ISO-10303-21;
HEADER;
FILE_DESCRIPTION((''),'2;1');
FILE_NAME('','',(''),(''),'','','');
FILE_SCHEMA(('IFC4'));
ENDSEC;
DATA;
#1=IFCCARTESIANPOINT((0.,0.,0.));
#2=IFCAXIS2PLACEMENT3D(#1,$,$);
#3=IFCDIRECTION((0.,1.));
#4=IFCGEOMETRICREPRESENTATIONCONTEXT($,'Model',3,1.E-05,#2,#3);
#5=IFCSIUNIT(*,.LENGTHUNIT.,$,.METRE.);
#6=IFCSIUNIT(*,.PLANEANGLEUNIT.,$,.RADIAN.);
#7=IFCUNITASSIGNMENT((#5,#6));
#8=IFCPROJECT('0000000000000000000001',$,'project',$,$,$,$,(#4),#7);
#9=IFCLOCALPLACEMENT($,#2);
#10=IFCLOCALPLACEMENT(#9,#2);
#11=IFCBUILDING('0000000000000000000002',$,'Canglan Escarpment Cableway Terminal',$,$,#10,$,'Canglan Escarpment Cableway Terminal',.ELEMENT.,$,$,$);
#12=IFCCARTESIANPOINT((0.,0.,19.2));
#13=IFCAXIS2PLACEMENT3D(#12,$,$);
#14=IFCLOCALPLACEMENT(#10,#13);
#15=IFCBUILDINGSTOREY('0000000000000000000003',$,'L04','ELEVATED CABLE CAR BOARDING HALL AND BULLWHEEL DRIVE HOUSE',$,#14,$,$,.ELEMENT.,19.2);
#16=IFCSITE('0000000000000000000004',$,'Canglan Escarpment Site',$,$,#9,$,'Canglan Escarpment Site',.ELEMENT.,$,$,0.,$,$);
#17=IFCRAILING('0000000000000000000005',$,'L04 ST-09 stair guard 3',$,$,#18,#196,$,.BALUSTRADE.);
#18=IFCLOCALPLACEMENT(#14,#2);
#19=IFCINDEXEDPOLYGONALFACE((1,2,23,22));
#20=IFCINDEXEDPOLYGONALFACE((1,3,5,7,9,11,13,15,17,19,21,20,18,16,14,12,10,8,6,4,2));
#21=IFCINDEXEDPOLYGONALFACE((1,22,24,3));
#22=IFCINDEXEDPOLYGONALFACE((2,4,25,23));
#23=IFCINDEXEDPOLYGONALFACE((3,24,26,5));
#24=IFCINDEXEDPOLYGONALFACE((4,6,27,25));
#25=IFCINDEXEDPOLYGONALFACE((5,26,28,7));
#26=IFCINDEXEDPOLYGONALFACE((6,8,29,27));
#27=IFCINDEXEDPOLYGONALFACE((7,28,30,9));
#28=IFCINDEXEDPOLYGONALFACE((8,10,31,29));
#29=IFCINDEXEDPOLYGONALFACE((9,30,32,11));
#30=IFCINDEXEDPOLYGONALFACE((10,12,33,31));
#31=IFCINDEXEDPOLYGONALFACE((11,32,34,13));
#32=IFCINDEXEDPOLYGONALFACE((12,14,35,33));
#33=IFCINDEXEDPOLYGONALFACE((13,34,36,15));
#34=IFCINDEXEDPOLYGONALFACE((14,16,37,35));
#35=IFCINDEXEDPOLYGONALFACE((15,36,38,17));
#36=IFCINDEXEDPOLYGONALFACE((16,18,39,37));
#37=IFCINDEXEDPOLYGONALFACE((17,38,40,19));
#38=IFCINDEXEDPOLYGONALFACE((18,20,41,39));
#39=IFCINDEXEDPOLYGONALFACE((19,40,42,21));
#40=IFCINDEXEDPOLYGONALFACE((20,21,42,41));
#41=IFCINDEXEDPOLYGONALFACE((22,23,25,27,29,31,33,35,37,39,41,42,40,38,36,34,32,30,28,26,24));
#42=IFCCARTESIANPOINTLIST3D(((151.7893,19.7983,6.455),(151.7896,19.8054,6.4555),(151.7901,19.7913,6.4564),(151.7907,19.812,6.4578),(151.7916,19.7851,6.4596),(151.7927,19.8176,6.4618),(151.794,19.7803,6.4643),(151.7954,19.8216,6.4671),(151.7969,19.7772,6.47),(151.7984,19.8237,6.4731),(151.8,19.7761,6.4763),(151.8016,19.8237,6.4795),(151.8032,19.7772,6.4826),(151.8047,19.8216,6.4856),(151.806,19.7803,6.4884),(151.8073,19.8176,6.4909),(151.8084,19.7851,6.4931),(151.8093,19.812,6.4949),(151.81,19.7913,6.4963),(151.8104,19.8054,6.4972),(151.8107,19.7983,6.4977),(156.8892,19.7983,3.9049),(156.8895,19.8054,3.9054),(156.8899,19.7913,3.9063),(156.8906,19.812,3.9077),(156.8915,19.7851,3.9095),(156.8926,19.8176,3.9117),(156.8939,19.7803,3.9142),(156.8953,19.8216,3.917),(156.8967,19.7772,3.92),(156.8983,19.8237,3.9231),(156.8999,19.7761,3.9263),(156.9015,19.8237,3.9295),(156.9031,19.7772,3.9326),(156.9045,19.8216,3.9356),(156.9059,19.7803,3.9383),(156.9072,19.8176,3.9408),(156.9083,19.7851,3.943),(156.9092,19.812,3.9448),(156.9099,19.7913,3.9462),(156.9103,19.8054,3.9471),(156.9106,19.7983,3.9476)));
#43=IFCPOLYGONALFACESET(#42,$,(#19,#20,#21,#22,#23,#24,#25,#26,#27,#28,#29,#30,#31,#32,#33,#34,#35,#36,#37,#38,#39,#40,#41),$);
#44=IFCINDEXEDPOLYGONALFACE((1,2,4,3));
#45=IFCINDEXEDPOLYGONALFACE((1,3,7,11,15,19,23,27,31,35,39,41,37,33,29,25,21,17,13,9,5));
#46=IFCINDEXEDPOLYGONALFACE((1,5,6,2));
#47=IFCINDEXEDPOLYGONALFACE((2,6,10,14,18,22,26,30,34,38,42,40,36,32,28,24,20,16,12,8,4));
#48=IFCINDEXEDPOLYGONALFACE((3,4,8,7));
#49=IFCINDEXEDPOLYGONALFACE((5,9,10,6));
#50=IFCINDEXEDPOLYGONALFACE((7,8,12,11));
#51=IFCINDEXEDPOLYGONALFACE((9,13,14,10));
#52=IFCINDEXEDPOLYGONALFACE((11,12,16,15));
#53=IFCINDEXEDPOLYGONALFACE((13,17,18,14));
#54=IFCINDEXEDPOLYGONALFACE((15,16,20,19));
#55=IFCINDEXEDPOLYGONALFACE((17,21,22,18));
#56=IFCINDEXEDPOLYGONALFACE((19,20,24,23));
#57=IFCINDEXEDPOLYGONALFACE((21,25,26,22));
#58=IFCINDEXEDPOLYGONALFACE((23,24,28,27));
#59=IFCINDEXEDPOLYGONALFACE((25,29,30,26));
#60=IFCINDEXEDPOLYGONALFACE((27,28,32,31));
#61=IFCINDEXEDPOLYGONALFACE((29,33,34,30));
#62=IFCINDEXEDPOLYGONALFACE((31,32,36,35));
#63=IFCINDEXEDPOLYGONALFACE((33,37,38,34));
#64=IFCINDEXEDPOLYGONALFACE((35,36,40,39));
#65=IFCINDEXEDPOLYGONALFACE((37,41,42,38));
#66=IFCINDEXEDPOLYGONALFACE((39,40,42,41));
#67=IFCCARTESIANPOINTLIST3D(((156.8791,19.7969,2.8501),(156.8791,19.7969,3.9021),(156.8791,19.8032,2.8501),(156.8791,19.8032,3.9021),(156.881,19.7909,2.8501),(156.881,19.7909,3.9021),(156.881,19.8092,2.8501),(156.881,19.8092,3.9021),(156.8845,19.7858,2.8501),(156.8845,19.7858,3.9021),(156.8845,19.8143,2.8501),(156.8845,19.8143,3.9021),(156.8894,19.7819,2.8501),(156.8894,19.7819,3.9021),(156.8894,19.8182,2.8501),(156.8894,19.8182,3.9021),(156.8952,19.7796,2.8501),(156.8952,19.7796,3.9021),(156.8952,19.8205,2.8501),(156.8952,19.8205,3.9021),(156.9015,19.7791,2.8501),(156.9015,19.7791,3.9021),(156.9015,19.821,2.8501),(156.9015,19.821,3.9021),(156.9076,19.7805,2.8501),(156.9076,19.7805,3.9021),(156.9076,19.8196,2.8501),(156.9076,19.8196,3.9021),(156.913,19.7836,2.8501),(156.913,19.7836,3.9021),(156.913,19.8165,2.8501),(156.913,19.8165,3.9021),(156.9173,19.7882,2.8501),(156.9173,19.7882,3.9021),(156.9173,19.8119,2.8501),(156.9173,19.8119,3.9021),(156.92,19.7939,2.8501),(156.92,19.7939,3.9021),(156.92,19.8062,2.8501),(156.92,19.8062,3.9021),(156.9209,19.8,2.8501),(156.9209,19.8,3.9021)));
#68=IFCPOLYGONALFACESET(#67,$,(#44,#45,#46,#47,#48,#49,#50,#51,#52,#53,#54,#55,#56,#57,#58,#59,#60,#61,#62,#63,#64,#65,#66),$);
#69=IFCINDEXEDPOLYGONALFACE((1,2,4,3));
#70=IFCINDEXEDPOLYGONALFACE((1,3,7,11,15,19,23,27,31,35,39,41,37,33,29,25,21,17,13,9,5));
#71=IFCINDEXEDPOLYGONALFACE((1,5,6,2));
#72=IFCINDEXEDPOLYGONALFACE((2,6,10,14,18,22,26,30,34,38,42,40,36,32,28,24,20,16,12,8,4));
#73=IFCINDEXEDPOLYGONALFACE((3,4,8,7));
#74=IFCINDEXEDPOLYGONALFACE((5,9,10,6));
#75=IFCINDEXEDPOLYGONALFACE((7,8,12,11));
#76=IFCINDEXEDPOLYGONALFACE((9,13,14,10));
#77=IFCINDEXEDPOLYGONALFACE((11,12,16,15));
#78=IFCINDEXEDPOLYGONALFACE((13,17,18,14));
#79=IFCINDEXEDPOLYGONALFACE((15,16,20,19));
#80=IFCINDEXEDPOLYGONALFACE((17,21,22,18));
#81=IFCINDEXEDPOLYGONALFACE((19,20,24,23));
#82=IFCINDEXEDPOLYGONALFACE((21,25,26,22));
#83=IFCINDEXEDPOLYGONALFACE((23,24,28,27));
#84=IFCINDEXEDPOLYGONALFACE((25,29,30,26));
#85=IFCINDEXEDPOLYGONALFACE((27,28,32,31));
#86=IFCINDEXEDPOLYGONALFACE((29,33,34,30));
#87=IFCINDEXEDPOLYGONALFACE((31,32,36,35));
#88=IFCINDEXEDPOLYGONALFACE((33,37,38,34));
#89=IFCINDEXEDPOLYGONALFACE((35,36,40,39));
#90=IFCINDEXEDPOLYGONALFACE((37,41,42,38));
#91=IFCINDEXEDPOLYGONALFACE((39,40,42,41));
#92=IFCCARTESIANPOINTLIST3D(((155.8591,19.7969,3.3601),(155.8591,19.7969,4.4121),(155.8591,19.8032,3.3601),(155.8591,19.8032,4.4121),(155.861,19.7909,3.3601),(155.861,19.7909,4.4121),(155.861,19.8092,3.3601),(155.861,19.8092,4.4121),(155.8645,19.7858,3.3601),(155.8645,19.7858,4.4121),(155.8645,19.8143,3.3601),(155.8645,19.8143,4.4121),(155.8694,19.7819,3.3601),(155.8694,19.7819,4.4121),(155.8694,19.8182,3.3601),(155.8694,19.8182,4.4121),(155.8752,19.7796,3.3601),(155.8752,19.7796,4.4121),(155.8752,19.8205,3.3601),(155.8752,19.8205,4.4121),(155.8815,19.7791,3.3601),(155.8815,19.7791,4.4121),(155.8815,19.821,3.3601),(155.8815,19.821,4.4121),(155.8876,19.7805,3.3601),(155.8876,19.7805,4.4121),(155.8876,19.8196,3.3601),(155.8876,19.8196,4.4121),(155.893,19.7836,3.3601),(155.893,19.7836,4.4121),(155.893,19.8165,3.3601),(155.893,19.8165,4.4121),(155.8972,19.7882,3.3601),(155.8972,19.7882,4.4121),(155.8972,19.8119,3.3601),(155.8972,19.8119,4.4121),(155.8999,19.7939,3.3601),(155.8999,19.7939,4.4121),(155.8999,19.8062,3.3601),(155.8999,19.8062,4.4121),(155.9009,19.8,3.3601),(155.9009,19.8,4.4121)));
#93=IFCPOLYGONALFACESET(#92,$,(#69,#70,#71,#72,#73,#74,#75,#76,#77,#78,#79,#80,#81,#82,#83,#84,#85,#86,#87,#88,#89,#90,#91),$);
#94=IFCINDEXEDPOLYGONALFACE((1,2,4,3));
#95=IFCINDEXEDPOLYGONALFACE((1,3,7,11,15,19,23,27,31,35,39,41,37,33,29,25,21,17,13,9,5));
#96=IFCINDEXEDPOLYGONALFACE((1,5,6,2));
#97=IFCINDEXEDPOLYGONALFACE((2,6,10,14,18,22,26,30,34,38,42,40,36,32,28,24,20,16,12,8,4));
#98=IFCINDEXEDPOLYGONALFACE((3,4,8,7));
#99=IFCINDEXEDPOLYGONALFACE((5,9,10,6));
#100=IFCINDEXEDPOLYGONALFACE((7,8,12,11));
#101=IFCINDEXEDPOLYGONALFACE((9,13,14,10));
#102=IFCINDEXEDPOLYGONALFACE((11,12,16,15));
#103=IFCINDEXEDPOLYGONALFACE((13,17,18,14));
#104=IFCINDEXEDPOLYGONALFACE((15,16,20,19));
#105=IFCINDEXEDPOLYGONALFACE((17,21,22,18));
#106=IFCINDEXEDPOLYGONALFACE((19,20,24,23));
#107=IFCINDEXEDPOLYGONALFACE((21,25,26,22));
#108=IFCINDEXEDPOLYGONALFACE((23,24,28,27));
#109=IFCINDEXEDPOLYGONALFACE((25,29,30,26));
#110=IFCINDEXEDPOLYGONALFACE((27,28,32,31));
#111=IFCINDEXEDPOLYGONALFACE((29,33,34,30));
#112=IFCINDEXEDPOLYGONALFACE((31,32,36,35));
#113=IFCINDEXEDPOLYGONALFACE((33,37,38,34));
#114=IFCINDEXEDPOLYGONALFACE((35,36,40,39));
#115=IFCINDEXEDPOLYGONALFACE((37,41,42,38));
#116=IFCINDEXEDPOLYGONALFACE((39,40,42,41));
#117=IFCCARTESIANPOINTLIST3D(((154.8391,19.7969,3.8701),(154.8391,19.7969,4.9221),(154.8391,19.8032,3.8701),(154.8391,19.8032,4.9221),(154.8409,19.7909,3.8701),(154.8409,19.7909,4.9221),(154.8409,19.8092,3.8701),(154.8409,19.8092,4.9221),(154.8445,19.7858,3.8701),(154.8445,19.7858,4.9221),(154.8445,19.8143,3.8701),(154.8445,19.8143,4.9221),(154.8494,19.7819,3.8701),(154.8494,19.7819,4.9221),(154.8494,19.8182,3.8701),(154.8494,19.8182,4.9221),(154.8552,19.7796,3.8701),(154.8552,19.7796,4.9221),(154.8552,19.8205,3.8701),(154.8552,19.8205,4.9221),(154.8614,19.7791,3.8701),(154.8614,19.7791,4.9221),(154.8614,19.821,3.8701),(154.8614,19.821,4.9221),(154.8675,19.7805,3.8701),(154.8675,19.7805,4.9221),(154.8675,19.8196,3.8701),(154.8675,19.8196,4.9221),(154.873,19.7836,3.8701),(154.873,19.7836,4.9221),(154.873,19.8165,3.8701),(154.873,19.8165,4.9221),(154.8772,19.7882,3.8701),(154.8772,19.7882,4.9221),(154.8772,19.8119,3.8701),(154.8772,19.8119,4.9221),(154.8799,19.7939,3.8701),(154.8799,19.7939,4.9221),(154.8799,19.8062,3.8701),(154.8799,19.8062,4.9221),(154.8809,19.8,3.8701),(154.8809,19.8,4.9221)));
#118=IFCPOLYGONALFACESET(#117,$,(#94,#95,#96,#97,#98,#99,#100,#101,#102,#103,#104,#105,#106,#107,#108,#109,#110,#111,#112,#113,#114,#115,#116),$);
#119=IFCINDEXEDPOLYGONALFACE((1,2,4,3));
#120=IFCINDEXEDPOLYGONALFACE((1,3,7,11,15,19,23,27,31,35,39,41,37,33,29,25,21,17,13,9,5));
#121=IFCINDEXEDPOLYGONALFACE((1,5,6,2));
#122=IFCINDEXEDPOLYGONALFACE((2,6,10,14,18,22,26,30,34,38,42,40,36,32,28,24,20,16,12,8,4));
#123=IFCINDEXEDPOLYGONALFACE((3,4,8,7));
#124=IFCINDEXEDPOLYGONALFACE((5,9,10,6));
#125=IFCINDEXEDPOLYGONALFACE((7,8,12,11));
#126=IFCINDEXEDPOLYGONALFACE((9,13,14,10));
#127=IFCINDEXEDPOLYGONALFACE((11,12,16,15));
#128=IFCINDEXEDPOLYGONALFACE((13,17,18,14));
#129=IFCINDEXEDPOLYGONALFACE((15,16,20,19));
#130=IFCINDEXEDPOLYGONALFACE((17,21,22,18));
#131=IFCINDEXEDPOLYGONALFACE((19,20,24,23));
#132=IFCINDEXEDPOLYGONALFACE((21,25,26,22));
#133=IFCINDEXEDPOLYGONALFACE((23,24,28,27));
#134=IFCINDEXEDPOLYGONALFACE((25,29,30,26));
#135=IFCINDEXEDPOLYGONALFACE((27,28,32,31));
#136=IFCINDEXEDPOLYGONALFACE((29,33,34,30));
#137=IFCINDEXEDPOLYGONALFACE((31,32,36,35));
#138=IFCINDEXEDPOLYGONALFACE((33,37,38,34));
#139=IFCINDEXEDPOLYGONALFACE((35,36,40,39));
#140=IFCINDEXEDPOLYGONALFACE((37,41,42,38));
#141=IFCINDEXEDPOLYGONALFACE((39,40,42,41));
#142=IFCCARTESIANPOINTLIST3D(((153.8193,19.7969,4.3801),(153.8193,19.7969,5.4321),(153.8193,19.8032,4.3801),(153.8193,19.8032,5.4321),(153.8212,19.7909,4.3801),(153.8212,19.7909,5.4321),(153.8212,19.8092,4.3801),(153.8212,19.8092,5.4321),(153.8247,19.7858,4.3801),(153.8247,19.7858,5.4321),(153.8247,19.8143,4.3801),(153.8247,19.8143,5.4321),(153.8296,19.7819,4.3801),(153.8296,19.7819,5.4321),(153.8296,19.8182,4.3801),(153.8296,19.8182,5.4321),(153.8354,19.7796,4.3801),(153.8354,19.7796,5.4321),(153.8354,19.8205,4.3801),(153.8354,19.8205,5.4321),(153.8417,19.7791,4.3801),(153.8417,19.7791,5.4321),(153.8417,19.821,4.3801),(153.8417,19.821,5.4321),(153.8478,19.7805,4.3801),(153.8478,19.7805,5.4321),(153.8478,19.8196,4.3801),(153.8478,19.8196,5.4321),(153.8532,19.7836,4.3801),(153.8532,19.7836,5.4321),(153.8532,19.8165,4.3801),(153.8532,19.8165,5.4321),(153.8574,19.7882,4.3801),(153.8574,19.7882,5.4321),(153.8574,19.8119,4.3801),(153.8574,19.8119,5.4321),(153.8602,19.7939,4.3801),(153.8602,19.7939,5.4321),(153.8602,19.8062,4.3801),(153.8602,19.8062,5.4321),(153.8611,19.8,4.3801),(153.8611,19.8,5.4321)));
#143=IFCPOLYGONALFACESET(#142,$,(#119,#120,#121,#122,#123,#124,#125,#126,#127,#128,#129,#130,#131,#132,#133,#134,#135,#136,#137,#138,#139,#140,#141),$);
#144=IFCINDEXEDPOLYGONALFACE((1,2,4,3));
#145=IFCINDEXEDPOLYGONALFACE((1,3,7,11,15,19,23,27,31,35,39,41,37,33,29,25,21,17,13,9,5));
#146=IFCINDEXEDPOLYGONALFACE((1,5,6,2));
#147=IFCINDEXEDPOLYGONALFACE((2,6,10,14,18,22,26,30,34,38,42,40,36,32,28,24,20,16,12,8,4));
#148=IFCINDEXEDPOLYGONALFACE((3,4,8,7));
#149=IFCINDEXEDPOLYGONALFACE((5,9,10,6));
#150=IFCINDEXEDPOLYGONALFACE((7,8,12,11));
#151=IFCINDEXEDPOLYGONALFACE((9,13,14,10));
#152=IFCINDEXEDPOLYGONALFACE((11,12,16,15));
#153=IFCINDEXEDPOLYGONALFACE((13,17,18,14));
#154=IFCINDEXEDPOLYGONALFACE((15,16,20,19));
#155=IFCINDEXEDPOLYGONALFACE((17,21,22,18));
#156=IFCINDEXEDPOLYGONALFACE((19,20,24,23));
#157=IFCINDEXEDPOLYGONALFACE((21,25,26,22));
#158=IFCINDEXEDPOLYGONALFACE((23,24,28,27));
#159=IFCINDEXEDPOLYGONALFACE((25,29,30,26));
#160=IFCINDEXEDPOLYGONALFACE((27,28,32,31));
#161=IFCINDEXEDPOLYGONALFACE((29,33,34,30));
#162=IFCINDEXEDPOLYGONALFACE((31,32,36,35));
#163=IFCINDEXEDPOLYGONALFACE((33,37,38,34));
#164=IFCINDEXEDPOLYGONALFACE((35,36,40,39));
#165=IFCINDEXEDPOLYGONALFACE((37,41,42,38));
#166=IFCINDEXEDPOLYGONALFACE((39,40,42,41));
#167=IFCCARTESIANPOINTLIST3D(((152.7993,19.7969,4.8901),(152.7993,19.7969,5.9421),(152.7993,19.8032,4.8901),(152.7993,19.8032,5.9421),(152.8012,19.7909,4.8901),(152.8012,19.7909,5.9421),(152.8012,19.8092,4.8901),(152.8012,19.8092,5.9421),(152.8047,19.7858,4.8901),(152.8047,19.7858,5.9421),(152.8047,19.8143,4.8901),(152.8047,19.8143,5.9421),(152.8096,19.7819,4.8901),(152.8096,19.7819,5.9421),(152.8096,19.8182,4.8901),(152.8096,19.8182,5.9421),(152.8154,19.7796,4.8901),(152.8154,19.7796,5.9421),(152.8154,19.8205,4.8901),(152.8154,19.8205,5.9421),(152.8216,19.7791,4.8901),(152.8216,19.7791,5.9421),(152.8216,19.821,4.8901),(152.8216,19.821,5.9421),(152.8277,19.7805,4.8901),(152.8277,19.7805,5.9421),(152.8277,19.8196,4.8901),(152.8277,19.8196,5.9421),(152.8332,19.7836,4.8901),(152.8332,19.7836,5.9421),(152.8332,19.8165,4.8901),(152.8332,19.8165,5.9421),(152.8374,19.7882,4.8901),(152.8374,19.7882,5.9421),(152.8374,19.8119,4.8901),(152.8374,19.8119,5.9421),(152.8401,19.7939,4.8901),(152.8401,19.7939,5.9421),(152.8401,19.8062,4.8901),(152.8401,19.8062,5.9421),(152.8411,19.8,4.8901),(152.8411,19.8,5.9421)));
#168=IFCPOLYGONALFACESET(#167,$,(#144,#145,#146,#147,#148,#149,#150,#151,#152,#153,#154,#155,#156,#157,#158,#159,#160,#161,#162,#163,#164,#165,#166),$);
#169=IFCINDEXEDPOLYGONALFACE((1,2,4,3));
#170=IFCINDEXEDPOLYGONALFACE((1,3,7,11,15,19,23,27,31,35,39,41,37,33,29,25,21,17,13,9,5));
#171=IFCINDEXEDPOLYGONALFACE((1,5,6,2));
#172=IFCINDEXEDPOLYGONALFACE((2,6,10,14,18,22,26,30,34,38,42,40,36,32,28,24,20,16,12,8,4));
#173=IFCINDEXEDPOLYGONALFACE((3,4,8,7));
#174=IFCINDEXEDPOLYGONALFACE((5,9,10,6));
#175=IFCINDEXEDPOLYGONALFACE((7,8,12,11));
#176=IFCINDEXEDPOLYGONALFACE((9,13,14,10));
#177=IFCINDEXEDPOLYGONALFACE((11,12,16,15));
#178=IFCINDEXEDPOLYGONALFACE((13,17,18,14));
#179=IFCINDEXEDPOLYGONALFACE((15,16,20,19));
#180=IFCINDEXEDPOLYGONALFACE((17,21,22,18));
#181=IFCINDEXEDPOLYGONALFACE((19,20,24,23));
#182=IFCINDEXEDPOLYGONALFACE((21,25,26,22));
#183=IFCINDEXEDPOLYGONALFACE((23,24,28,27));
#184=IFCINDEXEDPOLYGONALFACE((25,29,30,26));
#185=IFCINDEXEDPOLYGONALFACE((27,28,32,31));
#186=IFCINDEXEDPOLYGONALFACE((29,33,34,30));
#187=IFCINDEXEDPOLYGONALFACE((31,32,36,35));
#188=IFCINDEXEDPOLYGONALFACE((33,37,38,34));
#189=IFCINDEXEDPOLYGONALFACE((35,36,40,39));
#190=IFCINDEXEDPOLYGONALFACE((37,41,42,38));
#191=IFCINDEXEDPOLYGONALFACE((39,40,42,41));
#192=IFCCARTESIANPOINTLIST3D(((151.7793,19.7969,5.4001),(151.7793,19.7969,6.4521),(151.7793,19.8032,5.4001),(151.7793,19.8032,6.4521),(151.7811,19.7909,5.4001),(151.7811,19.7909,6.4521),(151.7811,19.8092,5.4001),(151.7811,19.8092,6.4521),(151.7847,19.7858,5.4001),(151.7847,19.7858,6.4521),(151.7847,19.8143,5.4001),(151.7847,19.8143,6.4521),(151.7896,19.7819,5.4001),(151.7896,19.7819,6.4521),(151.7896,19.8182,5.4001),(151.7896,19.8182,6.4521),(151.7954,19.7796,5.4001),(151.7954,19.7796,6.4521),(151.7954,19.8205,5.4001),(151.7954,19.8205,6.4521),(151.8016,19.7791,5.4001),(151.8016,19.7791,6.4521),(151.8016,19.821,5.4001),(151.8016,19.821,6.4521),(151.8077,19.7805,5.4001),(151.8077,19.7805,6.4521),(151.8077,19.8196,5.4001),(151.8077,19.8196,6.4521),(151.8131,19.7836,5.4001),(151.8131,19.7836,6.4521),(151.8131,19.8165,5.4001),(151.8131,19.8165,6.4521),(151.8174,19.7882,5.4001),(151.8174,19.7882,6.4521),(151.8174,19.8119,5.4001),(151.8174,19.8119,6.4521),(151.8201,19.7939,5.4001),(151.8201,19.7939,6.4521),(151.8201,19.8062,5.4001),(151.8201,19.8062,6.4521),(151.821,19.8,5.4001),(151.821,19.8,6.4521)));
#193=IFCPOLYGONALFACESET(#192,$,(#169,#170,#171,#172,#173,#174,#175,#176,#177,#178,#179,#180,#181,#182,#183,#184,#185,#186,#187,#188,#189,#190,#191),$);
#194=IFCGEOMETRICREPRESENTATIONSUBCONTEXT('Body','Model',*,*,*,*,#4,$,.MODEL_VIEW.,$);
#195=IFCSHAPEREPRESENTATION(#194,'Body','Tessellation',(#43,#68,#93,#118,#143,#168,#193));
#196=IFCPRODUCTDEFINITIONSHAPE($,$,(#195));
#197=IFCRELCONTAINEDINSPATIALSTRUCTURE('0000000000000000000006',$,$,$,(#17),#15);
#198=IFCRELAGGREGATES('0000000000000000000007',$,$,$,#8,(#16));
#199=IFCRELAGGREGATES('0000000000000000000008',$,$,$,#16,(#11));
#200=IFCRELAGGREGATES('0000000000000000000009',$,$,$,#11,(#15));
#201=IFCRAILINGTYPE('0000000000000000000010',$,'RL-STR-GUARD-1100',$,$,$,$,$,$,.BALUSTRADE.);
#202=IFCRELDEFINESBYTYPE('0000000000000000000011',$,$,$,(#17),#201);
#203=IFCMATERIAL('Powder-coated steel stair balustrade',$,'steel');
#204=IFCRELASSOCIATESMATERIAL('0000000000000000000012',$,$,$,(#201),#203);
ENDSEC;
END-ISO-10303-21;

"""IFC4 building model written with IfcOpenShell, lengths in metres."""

from ifc_helpers import new_model, si_unit, direction, frame, origin, origin_2d, place, context, subcontext, project, spatial, circle, extrude, material, type_object, element, save


model = new_model("IFC4")

# Units and contexts
model_context = context("Model", 3, precision=1e-05, world=origin(), true_north=direction((0.0, 1.0)))
body_context = subcontext(model_context, "Body", "Model", "MODEL_VIEW")
ifc_project = project(units=[si_unit("LENGTHUNIT", "METRE"), si_unit("PLANEANGLEUNIT", "RADIAN")], contexts=[model_context])

# Site, building, storey
site_placement = place(None, origin())
site = spatial("IfcSite", under=ifc_project, at=site_placement, Name="Canglan Escarpment Site", LongName="Canglan Escarpment Site", CompositionType="ELEMENT", RefElevation=0.0)
building_placement = place(site_placement, origin())
building = spatial("IfcBuilding", under=site, at=building_placement, Name="Canglan Escarpment Cableway Terminal", LongName="Canglan Escarpment Cableway Terminal", CompositionType="ELEMENT")
storey_placement = place(building_placement, frame((0.0, 0.0, 19.2)))
storey = spatial("IfcBuildingStorey", under=building, at=storey_placement, Name="L04", Description="ELEVATED CABLE CAR BOARDING HALL AND BULLWHEEL DRIVE HOUSE", CompositionType="ELEMENT", Elevation=19.2)

# Railing
ifc_material_1 = material(Name="Powder-coated steel stair balustrade", Category="steel")
railing_type_1 = type_object("IfcRailingType", Name="RL-STR-GUARD-1100", PredefinedType="BALUSTRADE", material=ifc_material_1)
railing_1_placement = place(storey_placement, frame((156.8999, 19.8, 2.8501)))
element("IfcRailing", 1, at=railing_1_placement, inside=storey, type_object=railing_type_1, Name="L04 ST-09 stair guard 3", PredefinedType="BALUSTRADE", context=body_context, shape_type="SweptSolid", body=[
    extrude(circle(Radius=0.0239, at=origin_2d()), frame((0.0, 0.0, 1.0762), z_axis=(-0.894419, 0.0, 0.447231), x_axis=(0.0, -1.0, 0.0)), (0.0, 0.0, 1.0), 5.7019),
    extrude(circle(Radius=0.021, at=origin_2d()), origin(), (0.0, 0.0, 1.0), 1.052),
    extrude(circle(Radius=0.021, at=origin_2d()), frame((-1.02, 0.0, 0.51)), (0.0, 0.0, 1.0), 1.052),
    extrude(circle(Radius=0.021, at=origin_2d()), frame((-2.04, 0.0, 1.02)), (0.0, 0.0, 1.0), 1.052),
    extrude(circle(Radius=0.021, at=origin_2d()), frame((-3.0598, 0.0, 1.53)), (0.0, 0.0, 1.0), 1.052),
    extrude(circle(Radius=0.021, at=origin_2d()), frame((-4.0798, 0.0, 2.04)), (0.0, 0.0, 1.0), 1.052),
    extrude(circle(Radius=0.021, at=origin_2d()), frame((-5.0999, 0.0, 2.55)), (0.0, 0.0, 1.0), 1.052),
])

save(model, "model.ifc")
